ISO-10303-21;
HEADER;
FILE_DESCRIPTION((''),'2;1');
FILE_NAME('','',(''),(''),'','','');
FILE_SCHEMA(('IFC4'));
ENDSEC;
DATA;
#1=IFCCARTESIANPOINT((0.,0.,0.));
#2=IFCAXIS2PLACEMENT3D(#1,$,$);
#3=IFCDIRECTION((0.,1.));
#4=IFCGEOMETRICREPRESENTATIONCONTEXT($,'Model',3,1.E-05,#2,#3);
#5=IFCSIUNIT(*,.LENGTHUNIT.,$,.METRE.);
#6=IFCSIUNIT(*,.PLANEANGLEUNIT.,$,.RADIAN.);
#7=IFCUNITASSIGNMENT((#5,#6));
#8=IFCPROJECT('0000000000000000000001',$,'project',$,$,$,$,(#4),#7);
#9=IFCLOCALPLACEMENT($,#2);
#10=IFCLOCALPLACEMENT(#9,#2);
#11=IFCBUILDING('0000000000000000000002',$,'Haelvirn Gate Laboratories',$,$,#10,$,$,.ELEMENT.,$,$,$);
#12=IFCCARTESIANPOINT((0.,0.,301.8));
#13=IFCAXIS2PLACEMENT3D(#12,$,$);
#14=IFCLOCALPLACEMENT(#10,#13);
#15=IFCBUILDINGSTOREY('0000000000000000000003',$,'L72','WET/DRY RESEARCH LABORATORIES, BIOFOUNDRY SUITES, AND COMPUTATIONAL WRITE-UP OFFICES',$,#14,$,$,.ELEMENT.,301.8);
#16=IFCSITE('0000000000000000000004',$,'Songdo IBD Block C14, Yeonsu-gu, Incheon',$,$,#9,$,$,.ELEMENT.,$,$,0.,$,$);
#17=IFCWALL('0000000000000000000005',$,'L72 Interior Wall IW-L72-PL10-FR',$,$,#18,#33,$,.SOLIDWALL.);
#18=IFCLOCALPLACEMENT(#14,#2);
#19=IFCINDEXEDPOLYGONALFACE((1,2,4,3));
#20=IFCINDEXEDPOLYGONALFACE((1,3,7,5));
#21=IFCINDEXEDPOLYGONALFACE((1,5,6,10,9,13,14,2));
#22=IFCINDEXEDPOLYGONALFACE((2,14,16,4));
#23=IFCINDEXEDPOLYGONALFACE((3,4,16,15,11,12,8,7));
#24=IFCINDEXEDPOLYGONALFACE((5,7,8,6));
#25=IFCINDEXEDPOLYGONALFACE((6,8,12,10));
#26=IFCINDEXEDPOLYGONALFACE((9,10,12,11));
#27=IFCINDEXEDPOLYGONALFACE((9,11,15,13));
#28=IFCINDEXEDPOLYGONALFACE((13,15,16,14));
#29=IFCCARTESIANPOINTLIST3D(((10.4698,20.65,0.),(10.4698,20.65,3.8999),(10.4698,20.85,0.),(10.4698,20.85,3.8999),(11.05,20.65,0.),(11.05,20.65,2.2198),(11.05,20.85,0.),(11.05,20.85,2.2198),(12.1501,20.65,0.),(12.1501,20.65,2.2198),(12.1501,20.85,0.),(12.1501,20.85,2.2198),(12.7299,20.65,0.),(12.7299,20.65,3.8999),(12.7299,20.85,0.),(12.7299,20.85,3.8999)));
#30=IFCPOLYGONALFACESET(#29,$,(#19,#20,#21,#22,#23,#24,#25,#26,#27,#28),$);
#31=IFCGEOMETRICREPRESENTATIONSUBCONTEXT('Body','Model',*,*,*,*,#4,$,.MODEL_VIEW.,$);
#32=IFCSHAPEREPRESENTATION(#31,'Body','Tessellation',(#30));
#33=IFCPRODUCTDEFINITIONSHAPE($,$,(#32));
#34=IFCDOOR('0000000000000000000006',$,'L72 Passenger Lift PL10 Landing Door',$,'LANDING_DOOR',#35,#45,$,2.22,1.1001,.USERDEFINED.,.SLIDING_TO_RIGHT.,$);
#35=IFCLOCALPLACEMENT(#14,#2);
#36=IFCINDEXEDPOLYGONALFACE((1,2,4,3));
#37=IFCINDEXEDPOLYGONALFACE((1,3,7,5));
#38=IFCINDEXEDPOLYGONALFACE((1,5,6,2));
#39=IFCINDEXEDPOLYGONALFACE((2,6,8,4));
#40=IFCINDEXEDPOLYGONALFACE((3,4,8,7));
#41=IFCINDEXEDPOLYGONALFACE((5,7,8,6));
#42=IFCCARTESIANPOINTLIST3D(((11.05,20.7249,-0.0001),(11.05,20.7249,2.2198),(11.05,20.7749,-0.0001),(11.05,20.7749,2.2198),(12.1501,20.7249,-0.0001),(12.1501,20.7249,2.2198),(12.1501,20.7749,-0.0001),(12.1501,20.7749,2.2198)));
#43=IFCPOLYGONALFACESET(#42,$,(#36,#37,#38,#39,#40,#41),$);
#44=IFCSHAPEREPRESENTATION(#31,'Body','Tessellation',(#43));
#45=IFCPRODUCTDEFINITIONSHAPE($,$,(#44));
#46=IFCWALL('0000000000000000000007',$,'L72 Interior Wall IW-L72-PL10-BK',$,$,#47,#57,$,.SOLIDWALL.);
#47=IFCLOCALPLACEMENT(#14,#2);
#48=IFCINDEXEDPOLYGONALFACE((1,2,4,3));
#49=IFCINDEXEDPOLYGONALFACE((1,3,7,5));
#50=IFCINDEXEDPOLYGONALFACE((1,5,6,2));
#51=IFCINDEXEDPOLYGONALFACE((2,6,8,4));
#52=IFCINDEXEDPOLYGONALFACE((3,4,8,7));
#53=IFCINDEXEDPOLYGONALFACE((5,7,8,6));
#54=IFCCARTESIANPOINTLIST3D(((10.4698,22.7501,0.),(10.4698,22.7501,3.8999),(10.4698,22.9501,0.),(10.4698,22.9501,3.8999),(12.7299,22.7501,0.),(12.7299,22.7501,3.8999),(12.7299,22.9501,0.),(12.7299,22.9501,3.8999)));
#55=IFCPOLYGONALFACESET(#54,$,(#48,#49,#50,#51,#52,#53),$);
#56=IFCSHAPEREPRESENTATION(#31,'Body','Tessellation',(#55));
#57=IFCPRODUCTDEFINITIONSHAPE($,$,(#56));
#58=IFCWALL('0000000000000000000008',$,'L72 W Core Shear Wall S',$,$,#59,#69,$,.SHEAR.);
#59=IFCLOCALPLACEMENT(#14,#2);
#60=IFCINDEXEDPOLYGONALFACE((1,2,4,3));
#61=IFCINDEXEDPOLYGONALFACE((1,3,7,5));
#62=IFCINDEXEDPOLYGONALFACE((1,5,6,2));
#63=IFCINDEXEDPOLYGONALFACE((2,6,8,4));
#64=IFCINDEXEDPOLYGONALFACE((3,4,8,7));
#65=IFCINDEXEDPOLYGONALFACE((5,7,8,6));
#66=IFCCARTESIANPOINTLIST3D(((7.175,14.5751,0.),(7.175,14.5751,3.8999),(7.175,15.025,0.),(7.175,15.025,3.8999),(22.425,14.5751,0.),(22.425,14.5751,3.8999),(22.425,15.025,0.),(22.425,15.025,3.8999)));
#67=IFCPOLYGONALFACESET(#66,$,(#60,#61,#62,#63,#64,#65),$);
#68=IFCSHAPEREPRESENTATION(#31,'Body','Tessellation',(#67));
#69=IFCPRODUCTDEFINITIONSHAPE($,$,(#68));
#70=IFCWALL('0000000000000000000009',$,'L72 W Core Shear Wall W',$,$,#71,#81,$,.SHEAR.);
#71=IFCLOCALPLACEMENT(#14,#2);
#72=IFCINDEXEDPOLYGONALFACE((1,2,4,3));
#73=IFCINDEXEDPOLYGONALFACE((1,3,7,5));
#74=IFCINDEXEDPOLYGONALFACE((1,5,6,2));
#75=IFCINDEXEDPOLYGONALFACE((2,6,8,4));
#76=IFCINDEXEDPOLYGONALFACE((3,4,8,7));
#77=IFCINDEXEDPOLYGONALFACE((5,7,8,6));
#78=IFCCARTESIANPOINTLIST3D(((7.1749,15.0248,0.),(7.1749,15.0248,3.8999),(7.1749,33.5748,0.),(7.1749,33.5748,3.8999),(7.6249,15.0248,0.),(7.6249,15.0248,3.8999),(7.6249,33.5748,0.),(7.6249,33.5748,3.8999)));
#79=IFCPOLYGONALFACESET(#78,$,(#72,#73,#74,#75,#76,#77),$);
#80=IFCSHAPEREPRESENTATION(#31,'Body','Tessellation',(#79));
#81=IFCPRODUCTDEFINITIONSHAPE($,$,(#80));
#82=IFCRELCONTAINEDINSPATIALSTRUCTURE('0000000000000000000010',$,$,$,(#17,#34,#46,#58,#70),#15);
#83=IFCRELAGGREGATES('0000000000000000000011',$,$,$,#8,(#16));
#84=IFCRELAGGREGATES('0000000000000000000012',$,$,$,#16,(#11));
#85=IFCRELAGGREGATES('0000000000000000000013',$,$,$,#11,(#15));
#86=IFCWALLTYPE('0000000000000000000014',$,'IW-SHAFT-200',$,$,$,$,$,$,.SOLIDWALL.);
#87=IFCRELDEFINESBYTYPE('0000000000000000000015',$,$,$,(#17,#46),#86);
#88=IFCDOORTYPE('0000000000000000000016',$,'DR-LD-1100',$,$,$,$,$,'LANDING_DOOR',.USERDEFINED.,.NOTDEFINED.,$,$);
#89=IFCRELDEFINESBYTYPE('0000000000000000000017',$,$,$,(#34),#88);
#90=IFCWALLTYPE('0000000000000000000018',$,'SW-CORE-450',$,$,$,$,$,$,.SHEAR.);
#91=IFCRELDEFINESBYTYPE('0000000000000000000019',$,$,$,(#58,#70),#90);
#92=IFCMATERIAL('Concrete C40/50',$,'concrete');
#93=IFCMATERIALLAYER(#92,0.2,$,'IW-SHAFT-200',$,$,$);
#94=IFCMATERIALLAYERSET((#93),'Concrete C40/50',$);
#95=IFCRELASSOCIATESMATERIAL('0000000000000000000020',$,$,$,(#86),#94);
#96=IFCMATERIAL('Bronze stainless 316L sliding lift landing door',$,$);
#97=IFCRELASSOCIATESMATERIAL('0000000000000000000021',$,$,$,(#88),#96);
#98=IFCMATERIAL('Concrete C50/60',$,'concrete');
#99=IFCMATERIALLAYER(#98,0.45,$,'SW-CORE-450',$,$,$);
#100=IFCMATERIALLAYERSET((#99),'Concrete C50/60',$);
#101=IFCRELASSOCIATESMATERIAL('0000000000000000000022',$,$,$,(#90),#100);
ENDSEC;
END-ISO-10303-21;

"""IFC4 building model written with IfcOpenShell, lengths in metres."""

from ifc_helpers import new_model, si_unit, direction, frame, frame_2d, origin, place, context, subcontext, project, spatial, rectangle, extrude, source, transform, mapped, material, layer, layer_set, type_object, type_shapes, element, fill, save


model = new_model("IFC4")

# Units and contexts
model_context = context("Model", 3, precision=1e-05, world=origin(), true_north=direction((0.0, 1.0)))
body_context = subcontext(model_context, "Body", "Model", "MODEL_VIEW")
ifc_project = project(units=[si_unit("LENGTHUNIT", "METRE"), si_unit("PLANEANGLEUNIT", "RADIAN")], contexts=[model_context])

# Site, building, storey
site_placement = place(None, origin())
site = spatial("IfcSite", under=ifc_project, at=site_placement, Name="Songdo IBD Block C14, Yeonsu-gu, Incheon", CompositionType="ELEMENT", RefElevation=0.0)
building_placement = place(site_placement, origin())
building = spatial("IfcBuilding", under=site, at=building_placement, Name="Haelvirn Gate Laboratories", CompositionType="ELEMENT")
storey_placement = place(building_placement, frame((0.0, 0.0, 301.8)))
storey = spatial("IfcBuildingStorey", under=building, at=storey_placement, Name="L72", Description="WET/DRY RESEARCH LABORATORIES, BIOFOUNDRY SUITES, AND COMPUTATIONAL WRITE-UP OFFICES", CompositionType="ELEMENT", Elevation=301.8)

# Shared definitions
ifc_material_1 = material(Name="Concrete C50/60", Category="concrete")

# Shared definitions
ifc_material_2 = material(Name="Concrete C40/50", Category="concrete")

# Shared definitions
ifc_layer_1 = layer(ifc_material_2, 0.2, Name="IW-SHAFT-200")
ifc_layer_set_1 = layer_set([ifc_layer_1], Name="Concrete C40/50")
wall_type_1 = type_object("IfcWallType", Name="IW-SHAFT-200", PredefinedType="SOLIDWALL", material=ifc_layer_set_1)
ifc_material_3 = material(Name="Bronze stainless 316L sliding lift landing door")
door_type_1 = type_object("IfcDoorType", Name="DR-LD-1100", ElementType="LANDING_DOOR", OperationType="NOTDEFINED", PredefinedType="USERDEFINED", material=ifc_material_3)
shared_shape_1 = source(origin(), body_context, "Body", "SweptSolid", [
    extrude(rectangle(XDim=1.1001, YDim=2.22, at=frame_2d((0.55, 1.1099))), frame((0.0, 0.0249, 0.0), z_axis=(0.0, -1.0, 0.0), x_axis=(1.0, 0.0, 0.0)), (0.0, 0.0, 1.0), 0.05),
])
type_shapes(door_type_1, [shared_shape_1])

# Wall, opening, door
wall_1_placement = place(storey_placement, frame((10.47, 20.75, 0.0), z_axis=(0.0, 0.0, 1.0), x_axis=(1.0, 0.0, 0.0)))
wall_1 = element("IfcWall", 1, at=wall_1_placement, inside=storey, type_object=wall_type_1, Name="L72 Interior Wall IW-L72-PL10-FR", PredefinedType="SOLIDWALL", context=body_context, shape_type="SweptSolid", body=[
    extrude(rectangle(XDim=2.26, YDim=0.2, at=frame_2d((1.1299, 0.0))), origin(), (0.0, 0.0, 1.0), 3.8999),
])
opening_1_placement = place(wall_1_placement, frame((0.5801, 0.0, 0.0)))
opening_1 = element("IfcOpeningElement", 2, at=opening_1_placement, cuts=wall_1, PredefinedType="OPENING", context=body_context, shape_type="SweptSolid", body=[
    extrude(rectangle(XDim=1.1001, YDim=2.22, at=frame_2d((0.55, 1.1099))), frame((0.0, 0.1099, 0.0), z_axis=(0.0, -1.0, 0.0), x_axis=(1.0, 0.0, 0.0)), (0.0, 0.0, 1.0), 0.22),
])
door_1_placement = place(opening_1_placement, origin())
door_1 = element("IfcDoor", 3, at=door_1_placement, inside=storey, type_object=door_type_1, Name="L72 Passenger Lift PL10 Landing Door", ObjectType="LANDING_DOOR", OperationType="SLIDING_TO_RIGHT", OverallHeight=2.22, OverallWidth=1.1001, PredefinedType="USERDEFINED", context=body_context, shape_type="MappedRepresentation", body=[
    mapped(shared_shape_1, transform((0.0, 0.0, 0.0), scale=1.0)),
])
fill(opening_1, door_1)

# Walls
wall_2_placement = place(storey_placement, frame((10.47, 22.8501, 0.0), z_axis=(0.0, 0.0, 1.0), x_axis=(1.0, 0.0, 0.0)))
element("IfcWall", 4, at=wall_2_placement, inside=storey, type_object=wall_type_1, Name="L72 Interior Wall IW-L72-PL10-BK", PredefinedType="SOLIDWALL", context=body_context, shape_type="SweptSolid", body=[
    extrude(rectangle(XDim=2.26, YDim=0.2, at=frame_2d((1.1299, 0.0))), origin(), (0.0, 0.0, 1.0), 3.8999),
])
ifc_layer_2 = layer(ifc_material_1, 0.45, Name="SW-CORE-450")
ifc_layer_set_2 = layer_set([ifc_layer_2], Name="Concrete C50/60")
wall_type_2 = type_object("IfcWallType", Name="SW-CORE-450", PredefinedType="SHEAR", material=ifc_layer_set_2)
wall_3_placement = place(storey_placement, frame((7.175, 14.8, 0.0), z_axis=(0.0, 0.0, 1.0), x_axis=(1.0, 0.0, 0.0)))
element("IfcWall", 5, at=wall_3_placement, inside=storey, type_object=wall_type_2, Name="L72 W Core Shear Wall S", PredefinedType="SHEAR", context=body_context, shape_type="SweptSolid", body=[
    extrude(rectangle(XDim=15.25, YDim=0.45, at=frame_2d((7.625, 0.0))), origin(), (0.0, 0.0, 1.0), 3.8999),
])
wall_4_placement = place(storey_placement, frame((7.3999, 15.0249, 0.0), z_axis=(0.0, 0.0, 1.0), x_axis=(0.0, 1.0, 0.0)))
element("IfcWall", 6, at=wall_4_placement, inside=storey, type_object=wall_type_2, Name="L72 W Core Shear Wall W", PredefinedType="SHEAR", context=body_context, shape_type="SweptSolid", body=[
    extrude(rectangle(XDim=18.55, YDim=0.45, at=frame_2d((9.2749, 0.0))), origin(), (0.0, 0.0, 1.0), 3.8999),
])

save(model, "model.ifc")
